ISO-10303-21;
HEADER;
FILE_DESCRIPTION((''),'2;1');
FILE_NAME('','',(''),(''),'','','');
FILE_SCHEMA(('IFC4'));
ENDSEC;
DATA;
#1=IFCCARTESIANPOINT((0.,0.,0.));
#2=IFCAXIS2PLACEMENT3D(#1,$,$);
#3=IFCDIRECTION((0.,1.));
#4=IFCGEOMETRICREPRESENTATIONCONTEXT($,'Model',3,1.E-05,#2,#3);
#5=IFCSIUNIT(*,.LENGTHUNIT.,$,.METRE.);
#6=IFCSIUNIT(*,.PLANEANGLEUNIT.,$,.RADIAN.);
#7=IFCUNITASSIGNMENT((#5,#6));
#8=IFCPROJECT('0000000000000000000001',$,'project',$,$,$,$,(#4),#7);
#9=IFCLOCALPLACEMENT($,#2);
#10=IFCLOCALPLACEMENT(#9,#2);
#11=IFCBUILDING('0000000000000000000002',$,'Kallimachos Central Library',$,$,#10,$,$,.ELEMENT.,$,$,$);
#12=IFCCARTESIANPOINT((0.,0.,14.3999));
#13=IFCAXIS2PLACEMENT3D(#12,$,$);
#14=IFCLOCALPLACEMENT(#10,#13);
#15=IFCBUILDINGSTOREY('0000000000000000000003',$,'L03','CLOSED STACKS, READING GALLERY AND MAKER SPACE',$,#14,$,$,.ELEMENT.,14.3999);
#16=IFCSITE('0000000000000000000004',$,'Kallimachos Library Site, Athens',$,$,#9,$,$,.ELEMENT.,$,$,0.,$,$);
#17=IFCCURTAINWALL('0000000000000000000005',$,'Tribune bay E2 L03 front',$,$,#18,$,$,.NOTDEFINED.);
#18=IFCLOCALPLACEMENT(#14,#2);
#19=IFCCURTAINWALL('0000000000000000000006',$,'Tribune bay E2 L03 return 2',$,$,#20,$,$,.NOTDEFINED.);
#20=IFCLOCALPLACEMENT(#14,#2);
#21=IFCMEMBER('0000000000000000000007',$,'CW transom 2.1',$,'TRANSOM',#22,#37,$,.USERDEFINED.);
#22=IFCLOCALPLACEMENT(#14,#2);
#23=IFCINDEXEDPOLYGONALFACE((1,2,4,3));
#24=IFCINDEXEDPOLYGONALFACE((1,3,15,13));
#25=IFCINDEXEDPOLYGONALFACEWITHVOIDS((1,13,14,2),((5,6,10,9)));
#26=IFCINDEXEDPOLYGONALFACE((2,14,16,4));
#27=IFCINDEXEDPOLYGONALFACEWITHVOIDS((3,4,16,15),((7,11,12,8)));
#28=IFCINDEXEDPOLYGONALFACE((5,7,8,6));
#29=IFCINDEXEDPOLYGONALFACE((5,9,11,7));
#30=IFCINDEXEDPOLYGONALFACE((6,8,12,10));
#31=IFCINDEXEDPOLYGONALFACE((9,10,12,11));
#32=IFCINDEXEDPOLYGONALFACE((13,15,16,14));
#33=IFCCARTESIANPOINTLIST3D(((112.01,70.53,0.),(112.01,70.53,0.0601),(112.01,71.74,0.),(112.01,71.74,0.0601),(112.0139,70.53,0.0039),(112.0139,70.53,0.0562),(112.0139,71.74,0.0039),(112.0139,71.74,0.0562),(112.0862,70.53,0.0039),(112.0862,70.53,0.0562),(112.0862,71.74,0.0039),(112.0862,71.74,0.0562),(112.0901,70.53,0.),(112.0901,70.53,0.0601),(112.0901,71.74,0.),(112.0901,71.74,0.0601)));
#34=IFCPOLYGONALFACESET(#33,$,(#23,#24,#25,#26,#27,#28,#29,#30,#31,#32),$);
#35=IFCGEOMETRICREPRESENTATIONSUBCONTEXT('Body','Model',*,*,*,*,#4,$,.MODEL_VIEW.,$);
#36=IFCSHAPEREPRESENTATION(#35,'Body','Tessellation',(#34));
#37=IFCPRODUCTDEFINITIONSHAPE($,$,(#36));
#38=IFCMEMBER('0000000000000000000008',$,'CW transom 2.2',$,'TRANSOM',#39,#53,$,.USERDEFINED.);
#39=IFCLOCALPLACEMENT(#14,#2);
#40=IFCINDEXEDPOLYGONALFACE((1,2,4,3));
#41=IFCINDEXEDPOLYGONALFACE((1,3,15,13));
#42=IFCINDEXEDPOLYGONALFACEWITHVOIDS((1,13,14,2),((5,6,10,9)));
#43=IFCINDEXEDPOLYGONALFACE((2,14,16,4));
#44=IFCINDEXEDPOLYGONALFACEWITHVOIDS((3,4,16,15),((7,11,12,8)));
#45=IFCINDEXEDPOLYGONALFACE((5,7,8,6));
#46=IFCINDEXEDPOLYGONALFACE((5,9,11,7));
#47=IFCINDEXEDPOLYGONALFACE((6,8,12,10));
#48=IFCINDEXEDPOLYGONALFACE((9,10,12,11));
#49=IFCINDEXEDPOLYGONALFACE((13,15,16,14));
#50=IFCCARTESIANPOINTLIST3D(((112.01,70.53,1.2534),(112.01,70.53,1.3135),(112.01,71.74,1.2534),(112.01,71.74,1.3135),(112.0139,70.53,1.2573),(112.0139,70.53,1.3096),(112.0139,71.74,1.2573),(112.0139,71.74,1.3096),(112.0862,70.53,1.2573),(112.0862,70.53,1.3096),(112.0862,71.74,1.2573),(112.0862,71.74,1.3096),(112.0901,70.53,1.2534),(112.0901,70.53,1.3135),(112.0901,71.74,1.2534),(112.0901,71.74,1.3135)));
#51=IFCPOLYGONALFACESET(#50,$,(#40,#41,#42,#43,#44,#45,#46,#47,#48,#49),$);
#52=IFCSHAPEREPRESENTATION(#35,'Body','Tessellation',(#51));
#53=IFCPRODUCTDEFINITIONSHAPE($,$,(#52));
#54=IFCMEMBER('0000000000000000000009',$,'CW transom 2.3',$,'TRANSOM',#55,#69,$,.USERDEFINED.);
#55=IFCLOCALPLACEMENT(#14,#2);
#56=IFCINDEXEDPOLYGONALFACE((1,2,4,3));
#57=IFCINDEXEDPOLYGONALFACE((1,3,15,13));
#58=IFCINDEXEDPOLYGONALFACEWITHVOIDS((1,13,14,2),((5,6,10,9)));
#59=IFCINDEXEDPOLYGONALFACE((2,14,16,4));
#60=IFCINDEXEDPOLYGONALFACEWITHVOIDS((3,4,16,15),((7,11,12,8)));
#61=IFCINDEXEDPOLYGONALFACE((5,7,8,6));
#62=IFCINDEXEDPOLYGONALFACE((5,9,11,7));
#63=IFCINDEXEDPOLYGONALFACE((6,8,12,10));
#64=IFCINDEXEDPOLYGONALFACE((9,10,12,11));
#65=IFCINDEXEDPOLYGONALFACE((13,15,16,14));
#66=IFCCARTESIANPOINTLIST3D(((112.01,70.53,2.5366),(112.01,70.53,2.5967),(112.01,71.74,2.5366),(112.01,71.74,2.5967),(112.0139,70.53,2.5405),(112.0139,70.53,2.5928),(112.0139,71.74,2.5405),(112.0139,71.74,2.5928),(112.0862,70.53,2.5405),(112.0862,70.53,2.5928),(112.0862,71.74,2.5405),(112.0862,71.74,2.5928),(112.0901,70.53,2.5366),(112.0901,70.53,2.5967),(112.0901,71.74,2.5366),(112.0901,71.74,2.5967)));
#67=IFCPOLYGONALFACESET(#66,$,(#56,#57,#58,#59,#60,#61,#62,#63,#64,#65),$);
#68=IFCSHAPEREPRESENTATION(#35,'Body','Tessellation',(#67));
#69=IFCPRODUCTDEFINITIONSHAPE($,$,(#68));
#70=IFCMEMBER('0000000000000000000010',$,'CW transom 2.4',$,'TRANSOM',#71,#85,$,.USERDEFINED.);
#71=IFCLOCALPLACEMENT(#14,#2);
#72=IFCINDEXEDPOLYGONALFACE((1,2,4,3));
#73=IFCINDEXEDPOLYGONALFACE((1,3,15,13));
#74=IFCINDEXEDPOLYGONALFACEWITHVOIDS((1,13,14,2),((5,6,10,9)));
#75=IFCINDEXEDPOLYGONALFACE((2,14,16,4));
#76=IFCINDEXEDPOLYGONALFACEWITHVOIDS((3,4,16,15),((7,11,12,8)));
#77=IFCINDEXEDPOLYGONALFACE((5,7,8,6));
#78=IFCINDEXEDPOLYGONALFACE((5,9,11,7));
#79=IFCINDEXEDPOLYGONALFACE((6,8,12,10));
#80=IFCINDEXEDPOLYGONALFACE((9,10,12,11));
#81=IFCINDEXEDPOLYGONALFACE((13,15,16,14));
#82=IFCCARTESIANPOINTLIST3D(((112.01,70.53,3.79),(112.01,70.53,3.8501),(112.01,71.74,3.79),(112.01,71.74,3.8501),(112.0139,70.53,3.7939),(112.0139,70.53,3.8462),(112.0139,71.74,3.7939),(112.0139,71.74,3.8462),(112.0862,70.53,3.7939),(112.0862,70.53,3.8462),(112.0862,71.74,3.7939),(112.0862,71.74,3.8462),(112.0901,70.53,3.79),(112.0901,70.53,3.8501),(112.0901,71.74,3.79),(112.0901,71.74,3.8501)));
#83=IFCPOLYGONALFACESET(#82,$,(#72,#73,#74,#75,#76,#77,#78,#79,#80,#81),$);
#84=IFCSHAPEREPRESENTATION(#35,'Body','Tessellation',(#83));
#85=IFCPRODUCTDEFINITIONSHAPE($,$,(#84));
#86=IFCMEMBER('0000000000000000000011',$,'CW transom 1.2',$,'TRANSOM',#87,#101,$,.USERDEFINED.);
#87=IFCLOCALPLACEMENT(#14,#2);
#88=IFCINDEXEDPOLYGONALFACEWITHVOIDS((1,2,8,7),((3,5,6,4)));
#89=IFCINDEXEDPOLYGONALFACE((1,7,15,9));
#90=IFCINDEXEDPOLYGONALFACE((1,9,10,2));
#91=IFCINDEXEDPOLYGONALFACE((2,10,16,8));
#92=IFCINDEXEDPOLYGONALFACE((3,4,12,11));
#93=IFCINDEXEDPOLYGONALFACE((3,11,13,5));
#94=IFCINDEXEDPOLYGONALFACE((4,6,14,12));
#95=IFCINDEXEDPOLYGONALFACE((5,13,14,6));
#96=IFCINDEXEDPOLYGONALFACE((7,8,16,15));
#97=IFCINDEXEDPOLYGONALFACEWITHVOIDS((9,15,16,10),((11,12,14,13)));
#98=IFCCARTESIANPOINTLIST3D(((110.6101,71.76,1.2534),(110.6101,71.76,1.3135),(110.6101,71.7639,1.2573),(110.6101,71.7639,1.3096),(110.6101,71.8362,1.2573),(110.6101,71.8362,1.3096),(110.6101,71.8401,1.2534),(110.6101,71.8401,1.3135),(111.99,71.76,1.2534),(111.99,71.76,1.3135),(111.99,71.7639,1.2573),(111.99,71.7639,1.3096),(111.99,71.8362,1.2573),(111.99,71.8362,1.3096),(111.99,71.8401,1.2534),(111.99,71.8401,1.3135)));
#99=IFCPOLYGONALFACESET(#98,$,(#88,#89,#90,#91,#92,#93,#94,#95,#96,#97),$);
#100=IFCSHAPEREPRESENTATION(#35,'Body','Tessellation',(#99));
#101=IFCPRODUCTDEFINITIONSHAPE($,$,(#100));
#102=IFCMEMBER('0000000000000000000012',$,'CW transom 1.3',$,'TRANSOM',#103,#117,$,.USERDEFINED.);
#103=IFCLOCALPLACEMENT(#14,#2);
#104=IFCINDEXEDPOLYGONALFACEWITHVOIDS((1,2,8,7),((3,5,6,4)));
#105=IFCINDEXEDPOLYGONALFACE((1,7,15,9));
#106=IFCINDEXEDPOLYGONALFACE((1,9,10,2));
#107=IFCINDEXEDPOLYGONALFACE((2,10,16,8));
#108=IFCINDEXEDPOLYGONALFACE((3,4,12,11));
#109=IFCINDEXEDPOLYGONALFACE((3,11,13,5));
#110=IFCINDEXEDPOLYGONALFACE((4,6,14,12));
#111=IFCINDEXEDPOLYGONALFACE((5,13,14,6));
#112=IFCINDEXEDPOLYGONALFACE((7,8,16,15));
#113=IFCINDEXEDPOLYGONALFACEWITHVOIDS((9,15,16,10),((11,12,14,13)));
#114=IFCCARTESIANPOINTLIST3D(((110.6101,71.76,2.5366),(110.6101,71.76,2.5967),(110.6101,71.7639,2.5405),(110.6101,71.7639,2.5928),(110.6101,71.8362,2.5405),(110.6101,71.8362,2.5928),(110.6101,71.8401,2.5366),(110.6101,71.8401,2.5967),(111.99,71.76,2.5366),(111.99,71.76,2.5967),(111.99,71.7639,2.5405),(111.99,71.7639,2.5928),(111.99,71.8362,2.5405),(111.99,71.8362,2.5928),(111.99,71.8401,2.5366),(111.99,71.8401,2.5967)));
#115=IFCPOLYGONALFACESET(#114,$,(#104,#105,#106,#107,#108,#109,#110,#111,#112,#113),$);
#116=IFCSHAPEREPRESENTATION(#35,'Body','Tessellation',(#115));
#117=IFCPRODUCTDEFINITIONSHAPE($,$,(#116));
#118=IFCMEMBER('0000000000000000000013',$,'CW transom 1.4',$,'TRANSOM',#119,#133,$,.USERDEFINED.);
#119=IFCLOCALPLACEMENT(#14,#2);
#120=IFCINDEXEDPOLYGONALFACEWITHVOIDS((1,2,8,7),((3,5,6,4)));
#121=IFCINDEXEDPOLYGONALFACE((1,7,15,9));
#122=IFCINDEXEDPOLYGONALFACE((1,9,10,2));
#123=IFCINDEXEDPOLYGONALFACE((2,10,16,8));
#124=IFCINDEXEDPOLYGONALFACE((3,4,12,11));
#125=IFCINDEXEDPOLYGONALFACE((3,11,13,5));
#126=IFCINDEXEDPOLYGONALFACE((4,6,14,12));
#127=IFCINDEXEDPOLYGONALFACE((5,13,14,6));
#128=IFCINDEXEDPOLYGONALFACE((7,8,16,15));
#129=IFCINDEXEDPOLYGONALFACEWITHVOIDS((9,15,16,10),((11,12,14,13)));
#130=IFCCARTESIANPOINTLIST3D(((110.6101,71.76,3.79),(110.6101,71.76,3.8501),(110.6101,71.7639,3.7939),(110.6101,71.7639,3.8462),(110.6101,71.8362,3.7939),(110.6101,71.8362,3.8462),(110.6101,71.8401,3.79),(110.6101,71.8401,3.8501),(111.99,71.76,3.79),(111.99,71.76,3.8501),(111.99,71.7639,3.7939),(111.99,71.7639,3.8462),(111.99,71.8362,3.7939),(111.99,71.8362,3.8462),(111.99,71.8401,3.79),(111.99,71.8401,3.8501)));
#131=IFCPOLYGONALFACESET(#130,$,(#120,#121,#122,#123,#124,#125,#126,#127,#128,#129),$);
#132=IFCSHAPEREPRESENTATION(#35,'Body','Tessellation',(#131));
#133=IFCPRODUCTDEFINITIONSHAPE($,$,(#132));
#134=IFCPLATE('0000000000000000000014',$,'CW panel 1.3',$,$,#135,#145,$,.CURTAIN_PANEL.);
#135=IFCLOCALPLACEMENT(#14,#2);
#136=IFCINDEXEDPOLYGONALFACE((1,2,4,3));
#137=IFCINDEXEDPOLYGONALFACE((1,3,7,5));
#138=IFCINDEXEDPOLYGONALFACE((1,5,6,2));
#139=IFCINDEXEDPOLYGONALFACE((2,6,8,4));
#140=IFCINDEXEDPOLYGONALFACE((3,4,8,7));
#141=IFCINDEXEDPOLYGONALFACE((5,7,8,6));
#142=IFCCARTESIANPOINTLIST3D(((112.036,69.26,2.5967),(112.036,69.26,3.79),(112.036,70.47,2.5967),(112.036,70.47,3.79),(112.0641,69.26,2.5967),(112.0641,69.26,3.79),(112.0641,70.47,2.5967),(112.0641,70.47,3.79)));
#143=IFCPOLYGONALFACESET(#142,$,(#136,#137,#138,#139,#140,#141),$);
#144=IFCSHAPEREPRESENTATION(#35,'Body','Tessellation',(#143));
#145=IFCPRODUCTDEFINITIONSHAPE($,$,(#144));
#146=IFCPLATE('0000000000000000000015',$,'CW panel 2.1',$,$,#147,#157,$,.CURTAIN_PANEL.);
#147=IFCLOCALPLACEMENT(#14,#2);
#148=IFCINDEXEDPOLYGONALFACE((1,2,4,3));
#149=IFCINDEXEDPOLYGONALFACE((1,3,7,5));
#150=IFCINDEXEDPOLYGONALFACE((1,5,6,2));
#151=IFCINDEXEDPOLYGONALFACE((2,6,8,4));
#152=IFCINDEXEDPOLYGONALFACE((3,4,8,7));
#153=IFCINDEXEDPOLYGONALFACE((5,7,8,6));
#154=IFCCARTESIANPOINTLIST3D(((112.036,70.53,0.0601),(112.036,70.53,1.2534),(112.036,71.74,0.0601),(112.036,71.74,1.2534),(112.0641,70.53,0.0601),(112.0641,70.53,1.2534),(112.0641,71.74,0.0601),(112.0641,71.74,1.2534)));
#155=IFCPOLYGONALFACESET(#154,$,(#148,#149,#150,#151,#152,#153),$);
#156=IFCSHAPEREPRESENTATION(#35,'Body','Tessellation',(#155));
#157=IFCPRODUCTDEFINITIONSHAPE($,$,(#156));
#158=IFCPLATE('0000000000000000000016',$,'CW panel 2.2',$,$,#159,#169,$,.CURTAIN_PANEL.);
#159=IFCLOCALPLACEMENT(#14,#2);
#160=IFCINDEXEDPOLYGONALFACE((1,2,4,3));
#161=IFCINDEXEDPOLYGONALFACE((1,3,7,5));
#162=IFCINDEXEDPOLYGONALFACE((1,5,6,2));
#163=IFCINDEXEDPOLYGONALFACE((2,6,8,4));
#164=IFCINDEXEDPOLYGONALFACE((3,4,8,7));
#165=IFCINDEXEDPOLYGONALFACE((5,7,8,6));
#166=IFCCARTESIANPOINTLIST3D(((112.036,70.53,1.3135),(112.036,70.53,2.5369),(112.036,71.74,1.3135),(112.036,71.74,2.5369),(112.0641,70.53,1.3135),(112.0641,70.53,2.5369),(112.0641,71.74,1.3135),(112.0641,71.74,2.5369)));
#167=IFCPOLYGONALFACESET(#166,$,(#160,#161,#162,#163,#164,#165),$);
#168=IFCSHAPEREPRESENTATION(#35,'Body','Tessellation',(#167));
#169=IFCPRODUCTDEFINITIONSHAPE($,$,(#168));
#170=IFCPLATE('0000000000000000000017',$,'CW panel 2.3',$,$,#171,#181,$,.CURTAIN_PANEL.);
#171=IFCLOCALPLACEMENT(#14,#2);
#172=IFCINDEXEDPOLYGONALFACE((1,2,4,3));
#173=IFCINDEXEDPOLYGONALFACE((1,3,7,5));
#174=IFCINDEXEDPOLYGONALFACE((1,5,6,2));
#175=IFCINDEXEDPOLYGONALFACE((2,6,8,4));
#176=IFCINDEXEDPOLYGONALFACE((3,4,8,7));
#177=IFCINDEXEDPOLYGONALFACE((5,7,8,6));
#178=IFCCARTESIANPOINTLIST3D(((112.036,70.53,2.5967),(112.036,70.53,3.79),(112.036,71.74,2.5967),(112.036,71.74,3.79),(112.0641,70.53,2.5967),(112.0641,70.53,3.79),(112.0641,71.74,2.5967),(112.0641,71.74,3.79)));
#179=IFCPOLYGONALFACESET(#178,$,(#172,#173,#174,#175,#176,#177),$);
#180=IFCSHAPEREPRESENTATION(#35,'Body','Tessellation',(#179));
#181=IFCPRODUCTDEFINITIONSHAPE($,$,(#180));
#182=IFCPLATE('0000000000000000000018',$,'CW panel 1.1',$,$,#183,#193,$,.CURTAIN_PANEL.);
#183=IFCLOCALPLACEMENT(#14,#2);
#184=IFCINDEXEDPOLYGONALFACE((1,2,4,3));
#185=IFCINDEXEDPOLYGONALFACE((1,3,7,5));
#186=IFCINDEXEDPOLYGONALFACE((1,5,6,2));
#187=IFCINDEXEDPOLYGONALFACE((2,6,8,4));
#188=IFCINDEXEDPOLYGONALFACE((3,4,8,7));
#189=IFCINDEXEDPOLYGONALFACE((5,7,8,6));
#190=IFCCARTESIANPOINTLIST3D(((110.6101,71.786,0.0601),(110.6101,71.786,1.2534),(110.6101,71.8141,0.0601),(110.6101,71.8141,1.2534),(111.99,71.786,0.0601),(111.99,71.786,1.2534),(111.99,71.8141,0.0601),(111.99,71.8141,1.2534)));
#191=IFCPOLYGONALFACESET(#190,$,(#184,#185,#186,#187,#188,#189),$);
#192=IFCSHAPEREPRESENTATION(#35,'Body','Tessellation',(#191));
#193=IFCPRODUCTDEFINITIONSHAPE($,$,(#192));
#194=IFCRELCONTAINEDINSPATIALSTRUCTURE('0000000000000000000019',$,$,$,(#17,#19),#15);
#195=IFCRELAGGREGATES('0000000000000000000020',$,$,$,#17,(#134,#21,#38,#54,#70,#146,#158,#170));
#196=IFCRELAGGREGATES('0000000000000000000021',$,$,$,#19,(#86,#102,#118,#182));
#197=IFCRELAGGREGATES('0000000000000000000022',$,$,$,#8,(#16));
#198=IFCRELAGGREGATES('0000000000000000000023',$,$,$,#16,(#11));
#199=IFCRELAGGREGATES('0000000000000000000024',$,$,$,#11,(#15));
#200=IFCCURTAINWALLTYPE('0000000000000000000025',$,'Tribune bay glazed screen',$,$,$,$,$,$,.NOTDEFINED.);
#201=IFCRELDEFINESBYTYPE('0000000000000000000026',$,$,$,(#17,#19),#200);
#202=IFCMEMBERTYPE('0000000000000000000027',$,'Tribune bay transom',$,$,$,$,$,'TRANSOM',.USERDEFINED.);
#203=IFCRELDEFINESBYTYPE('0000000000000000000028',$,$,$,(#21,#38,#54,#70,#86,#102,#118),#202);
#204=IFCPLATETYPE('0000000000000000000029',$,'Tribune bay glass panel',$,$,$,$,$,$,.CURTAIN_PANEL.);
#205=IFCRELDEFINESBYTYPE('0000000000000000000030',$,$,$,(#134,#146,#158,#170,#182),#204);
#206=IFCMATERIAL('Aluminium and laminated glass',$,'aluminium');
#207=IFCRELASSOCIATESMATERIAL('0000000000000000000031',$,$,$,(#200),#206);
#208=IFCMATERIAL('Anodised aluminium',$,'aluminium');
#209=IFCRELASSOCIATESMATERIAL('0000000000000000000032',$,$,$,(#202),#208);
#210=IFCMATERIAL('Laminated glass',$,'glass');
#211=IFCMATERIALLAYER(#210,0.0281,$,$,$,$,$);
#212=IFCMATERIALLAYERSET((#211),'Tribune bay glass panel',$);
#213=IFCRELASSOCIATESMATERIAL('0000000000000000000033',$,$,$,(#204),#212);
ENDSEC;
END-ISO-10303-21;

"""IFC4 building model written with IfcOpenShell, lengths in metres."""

from ifc_helpers import new_model, si_unit, direction, frame, origin, origin_2d, place, context, subcontext, project, spatial, rectangle, hollow_rectangle, extrude, material, layer, layer_set, material_profile, profile_set, type_object, element, aggregate, save


model = new_model("IFC4")

# Units and contexts
model_context = context("Model", 3, precision=1e-05, world=origin(), true_north=direction((0.0, 1.0)))
body_context = subcontext(model_context, "Body", "Model", "MODEL_VIEW")
ifc_project = project(units=[si_unit("LENGTHUNIT", "METRE"), si_unit("PLANEANGLEUNIT", "RADIAN")], contexts=[model_context])

# Site, building, storey
site_placement = place(None, origin())
site = spatial("IfcSite", under=ifc_project, at=site_placement, Name="Kallimachos Library Site, Athens", CompositionType="ELEMENT", RefElevation=0.0)
building_placement = place(site_placement, origin())
building = spatial("IfcBuilding", under=site, at=building_placement, Name="Kallimachos Central Library", CompositionType="ELEMENT")
storey_placement = place(building_placement, frame((0.0, 0.0, 14.3999)))
storey = spatial("IfcBuildingStorey", under=building, at=storey_placement, Name="L03", Description="CLOSED STACKS, READING GALLERY AND MAKER SPACE", CompositionType="ELEMENT", Elevation=14.3999)

# Curtain wall
ifc_material_1 = material(Name="Aluminium and laminated glass", Category="aluminium")
curtain_wall_type = type_object("IfcCurtainWallType", Name="Tribune bay glazed screen", PredefinedType="NOTDEFINED", material=ifc_material_1)
curtain_wall_1_placement = place(storey_placement, origin())
curtain_wall_1 = element("IfcCurtainWall", 1, at=curtain_wall_1_placement, inside=storey, type_object=curtain_wall_type, Name="Tribune bay E2 L03 front", PredefinedType="NOTDEFINED")

# Curtain wall
curtain_wall_2_placement = place(storey_placement, origin())
curtain_wall_2 = element("IfcCurtainWall", 2, at=curtain_wall_2_placement, inside=storey, type_object=curtain_wall_type, Name="Tribune bay E2 L03 return 2", PredefinedType="NOTDEFINED")

# Members
ifc_material_2 = material(Name="Anodised aluminium", Category="aluminium")
ifc_material_profile_1 = material_profile(ifc_material_2, hollow_rectangle(XDim=0.0601, YDim=0.0801, WallThickness=0.0039, at=origin_2d()), Name="ALU TRANSOM 60x80")
ifc_profile_set_1 = profile_set([ifc_material_profile_1], Name="Anodised aluminium")
member_type_1 = type_object("IfcMemberType", Name="Tribune bay transom", ElementType="TRANSOM", PredefinedType="USERDEFINED", material=ifc_profile_set_1)
member_1_placement = place(storey_placement, frame((112.05, 70.53, 0.03), z_axis=(0.0, 1.0, 0.0), x_axis=(0.0, 0.0, 1.0)))
member_1 = element("IfcMember", 3, at=member_1_placement, type_object=member_type_1, Name="CW transom 2.1", ObjectType="TRANSOM", PredefinedType="USERDEFINED", context=body_context, shape_type="SweptSolid", body=[
    extrude(hollow_rectangle(XDim=0.0601, YDim=0.0801, WallThickness=0.0039, at=origin_2d()), origin(), (0.0, 0.0, 1.0), 1.21),
])
member_2_placement = place(storey_placement, frame((112.05, 70.53, 1.2834), z_axis=(0.0, 1.0, 0.0), x_axis=(0.0, 0.0, 1.0)))
member_2 = element("IfcMember", 4, at=member_2_placement, type_object=member_type_1, Name="CW transom 2.2", ObjectType="TRANSOM", PredefinedType="USERDEFINED", context=body_context, shape_type="SweptSolid", body=[
    extrude(hollow_rectangle(XDim=0.0601, YDim=0.0801, WallThickness=0.0039, at=origin_2d()), origin(), (0.0, 0.0, 1.0), 1.21),
])
member_3_placement = place(storey_placement, frame((112.05, 70.53, 2.5667), z_axis=(0.0, 1.0, 0.0), x_axis=(0.0, 0.0, 1.0)))
member_3 = element("IfcMember", 5, at=member_3_placement, type_object=member_type_1, Name="CW transom 2.3", ObjectType="TRANSOM", PredefinedType="USERDEFINED", context=body_context, shape_type="SweptSolid", body=[
    extrude(hollow_rectangle(XDim=0.0601, YDim=0.0801, WallThickness=0.0039, at=origin_2d()), origin(), (0.0, 0.0, 1.0), 1.21),
])
member_4_placement = place(storey_placement, frame((112.05, 70.53, 3.8201), z_axis=(0.0, 1.0, 0.0), x_axis=(0.0, 0.0, 1.0)))
member_4 = element("IfcMember", 6, at=member_4_placement, type_object=member_type_1, Name="CW transom 2.4", ObjectType="TRANSOM", PredefinedType="USERDEFINED", context=body_context, shape_type="SweptSolid", body=[
    extrude(hollow_rectangle(XDim=0.0601, YDim=0.0801, WallThickness=0.0039, at=origin_2d()), origin(), (0.0, 0.0, 1.0), 1.21),
])
member_5_placement = place(storey_placement, frame((110.6101, 71.8, 1.2834), z_axis=(1.0, 0.0, 0.0), x_axis=(0.0, 0.0, 1.0)))
member_5 = element("IfcMember", 7, at=member_5_placement, type_object=member_type_1, Name="CW transom 1.2", ObjectType="TRANSOM", PredefinedType="USERDEFINED", context=body_context, shape_type="SweptSolid", body=[
    extrude(hollow_rectangle(XDim=0.0601, YDim=0.0801, WallThickness=0.0039, at=origin_2d()), origin(), (0.0, 0.0, 1.0), 1.3799),
])
member_6_placement = place(storey_placement, frame((110.6101, 71.8, 2.5667), z_axis=(1.0, 0.0, 0.0), x_axis=(0.0, 0.0, 1.0)))
member_6 = element("IfcMember", 8, at=member_6_placement, type_object=member_type_1, Name="CW transom 1.3", ObjectType="TRANSOM", PredefinedType="USERDEFINED", context=body_context, shape_type="SweptSolid", body=[
    extrude(hollow_rectangle(XDim=0.0601, YDim=0.0801, WallThickness=0.0039, at=origin_2d()), origin(), (0.0, 0.0, 1.0), 1.3799),
])
member_7_placement = place(storey_placement, frame((110.6101, 71.8, 3.8201), z_axis=(1.0, 0.0, 0.0), x_axis=(0.0, 0.0, 1.0)))
member_7 = element("IfcMember", 9, at=member_7_placement, type_object=member_type_1, Name="CW transom 1.4", ObjectType="TRANSOM", PredefinedType="USERDEFINED", context=body_context, shape_type="SweptSolid", body=[
    extrude(hollow_rectangle(XDim=0.0601, YDim=0.0801, WallThickness=0.0039, at=origin_2d()), origin(), (0.0, 0.0, 1.0), 1.3799),
])

# Plates
ifc_material_3 = material(Name="Laminated glass", Category="glass")
ifc_layer = layer(ifc_material_3, 0.0281)
ifc_layer_set = layer_set([ifc_layer], Name="Tribune bay glass panel")
plate_type = type_object("IfcPlateType", Name="Tribune bay glass panel", PredefinedType="CURTAIN_PANEL", material=ifc_layer_set)
plate_1_placement = place(storey_placement, frame((112.05, 69.865, 2.5967), z_axis=(0.0, 0.0, 1.0), x_axis=(0.0, 1.0, 0.0)))
plate_1 = element("IfcPlate", 10, at=plate_1_placement, type_object=plate_type, Name="CW panel 1.3", PredefinedType="CURTAIN_PANEL", context=body_context, shape_type="SweptSolid", body=[
    extrude(rectangle(XDim=1.21, YDim=0.0281, at=origin_2d()), origin(), (0.0, 0.0, 1.0), 1.1934),
])
plate_2_placement = place(storey_placement, frame((112.05, 71.135, 0.0601), z_axis=(0.0, 0.0, 1.0), x_axis=(0.0, 1.0, 0.0)))
plate_2 = element("IfcPlate", 11, at=plate_2_placement, type_object=plate_type, Name="CW panel 2.1", PredefinedType="CURTAIN_PANEL", context=body_context, shape_type="SweptSolid", body=[
    extrude(rectangle(XDim=1.21, YDim=0.0281, at=origin_2d()), origin(), (0.0, 0.0, 1.0), 1.1934),
])
plate_3_placement = place(storey_placement, frame((112.05, 71.135, 1.3135), z_axis=(0.0, 0.0, 1.0), x_axis=(0.0, 1.0, 0.0)))
plate_3 = element("IfcPlate", 12, at=plate_3_placement, type_object=plate_type, Name="CW panel 2.2", PredefinedType="CURTAIN_PANEL", context=body_context, shape_type="SweptSolid", body=[
    extrude(rectangle(XDim=1.21, YDim=0.0281, at=origin_2d()), origin(), (0.0, 0.0, 1.0), 1.2234),
])
plate_4_placement = place(storey_placement, frame((112.05, 71.135, 2.5967), z_axis=(0.0, 0.0, 1.0), x_axis=(0.0, 1.0, 0.0)))
plate_4 = element("IfcPlate", 13, at=plate_4_placement, type_object=plate_type, Name="CW panel 2.3", PredefinedType="CURTAIN_PANEL", context=body_context, shape_type="SweptSolid", body=[
    extrude(rectangle(XDim=1.21, YDim=0.0281, at=origin_2d()), origin(), (0.0, 0.0, 1.0), 1.1934),
])
aggregate(curtain_wall_1, [plate_1, member_1, member_2, member_3, member_4, plate_2, plate_3, plate_4])
plate_5_placement = place(storey_placement, frame((111.3, 71.8, 0.0601), z_axis=(0.0, 0.0, 1.0), x_axis=(1.0, 0.0, 0.0)))
plate_5 = element("IfcPlate", 14, at=plate_5_placement, type_object=plate_type, Name="CW panel 1.1", PredefinedType="CURTAIN_PANEL", context=body_context, shape_type="SweptSolid", body=[
    extrude(rectangle(XDim=1.3799, YDim=0.0281, at=origin_2d()), origin(), (0.0, 0.0, 1.0), 1.1934),
])
aggregate(curtain_wall_2, [member_5, member_6, member_7, plate_5])

save(model, "model.ifc")
